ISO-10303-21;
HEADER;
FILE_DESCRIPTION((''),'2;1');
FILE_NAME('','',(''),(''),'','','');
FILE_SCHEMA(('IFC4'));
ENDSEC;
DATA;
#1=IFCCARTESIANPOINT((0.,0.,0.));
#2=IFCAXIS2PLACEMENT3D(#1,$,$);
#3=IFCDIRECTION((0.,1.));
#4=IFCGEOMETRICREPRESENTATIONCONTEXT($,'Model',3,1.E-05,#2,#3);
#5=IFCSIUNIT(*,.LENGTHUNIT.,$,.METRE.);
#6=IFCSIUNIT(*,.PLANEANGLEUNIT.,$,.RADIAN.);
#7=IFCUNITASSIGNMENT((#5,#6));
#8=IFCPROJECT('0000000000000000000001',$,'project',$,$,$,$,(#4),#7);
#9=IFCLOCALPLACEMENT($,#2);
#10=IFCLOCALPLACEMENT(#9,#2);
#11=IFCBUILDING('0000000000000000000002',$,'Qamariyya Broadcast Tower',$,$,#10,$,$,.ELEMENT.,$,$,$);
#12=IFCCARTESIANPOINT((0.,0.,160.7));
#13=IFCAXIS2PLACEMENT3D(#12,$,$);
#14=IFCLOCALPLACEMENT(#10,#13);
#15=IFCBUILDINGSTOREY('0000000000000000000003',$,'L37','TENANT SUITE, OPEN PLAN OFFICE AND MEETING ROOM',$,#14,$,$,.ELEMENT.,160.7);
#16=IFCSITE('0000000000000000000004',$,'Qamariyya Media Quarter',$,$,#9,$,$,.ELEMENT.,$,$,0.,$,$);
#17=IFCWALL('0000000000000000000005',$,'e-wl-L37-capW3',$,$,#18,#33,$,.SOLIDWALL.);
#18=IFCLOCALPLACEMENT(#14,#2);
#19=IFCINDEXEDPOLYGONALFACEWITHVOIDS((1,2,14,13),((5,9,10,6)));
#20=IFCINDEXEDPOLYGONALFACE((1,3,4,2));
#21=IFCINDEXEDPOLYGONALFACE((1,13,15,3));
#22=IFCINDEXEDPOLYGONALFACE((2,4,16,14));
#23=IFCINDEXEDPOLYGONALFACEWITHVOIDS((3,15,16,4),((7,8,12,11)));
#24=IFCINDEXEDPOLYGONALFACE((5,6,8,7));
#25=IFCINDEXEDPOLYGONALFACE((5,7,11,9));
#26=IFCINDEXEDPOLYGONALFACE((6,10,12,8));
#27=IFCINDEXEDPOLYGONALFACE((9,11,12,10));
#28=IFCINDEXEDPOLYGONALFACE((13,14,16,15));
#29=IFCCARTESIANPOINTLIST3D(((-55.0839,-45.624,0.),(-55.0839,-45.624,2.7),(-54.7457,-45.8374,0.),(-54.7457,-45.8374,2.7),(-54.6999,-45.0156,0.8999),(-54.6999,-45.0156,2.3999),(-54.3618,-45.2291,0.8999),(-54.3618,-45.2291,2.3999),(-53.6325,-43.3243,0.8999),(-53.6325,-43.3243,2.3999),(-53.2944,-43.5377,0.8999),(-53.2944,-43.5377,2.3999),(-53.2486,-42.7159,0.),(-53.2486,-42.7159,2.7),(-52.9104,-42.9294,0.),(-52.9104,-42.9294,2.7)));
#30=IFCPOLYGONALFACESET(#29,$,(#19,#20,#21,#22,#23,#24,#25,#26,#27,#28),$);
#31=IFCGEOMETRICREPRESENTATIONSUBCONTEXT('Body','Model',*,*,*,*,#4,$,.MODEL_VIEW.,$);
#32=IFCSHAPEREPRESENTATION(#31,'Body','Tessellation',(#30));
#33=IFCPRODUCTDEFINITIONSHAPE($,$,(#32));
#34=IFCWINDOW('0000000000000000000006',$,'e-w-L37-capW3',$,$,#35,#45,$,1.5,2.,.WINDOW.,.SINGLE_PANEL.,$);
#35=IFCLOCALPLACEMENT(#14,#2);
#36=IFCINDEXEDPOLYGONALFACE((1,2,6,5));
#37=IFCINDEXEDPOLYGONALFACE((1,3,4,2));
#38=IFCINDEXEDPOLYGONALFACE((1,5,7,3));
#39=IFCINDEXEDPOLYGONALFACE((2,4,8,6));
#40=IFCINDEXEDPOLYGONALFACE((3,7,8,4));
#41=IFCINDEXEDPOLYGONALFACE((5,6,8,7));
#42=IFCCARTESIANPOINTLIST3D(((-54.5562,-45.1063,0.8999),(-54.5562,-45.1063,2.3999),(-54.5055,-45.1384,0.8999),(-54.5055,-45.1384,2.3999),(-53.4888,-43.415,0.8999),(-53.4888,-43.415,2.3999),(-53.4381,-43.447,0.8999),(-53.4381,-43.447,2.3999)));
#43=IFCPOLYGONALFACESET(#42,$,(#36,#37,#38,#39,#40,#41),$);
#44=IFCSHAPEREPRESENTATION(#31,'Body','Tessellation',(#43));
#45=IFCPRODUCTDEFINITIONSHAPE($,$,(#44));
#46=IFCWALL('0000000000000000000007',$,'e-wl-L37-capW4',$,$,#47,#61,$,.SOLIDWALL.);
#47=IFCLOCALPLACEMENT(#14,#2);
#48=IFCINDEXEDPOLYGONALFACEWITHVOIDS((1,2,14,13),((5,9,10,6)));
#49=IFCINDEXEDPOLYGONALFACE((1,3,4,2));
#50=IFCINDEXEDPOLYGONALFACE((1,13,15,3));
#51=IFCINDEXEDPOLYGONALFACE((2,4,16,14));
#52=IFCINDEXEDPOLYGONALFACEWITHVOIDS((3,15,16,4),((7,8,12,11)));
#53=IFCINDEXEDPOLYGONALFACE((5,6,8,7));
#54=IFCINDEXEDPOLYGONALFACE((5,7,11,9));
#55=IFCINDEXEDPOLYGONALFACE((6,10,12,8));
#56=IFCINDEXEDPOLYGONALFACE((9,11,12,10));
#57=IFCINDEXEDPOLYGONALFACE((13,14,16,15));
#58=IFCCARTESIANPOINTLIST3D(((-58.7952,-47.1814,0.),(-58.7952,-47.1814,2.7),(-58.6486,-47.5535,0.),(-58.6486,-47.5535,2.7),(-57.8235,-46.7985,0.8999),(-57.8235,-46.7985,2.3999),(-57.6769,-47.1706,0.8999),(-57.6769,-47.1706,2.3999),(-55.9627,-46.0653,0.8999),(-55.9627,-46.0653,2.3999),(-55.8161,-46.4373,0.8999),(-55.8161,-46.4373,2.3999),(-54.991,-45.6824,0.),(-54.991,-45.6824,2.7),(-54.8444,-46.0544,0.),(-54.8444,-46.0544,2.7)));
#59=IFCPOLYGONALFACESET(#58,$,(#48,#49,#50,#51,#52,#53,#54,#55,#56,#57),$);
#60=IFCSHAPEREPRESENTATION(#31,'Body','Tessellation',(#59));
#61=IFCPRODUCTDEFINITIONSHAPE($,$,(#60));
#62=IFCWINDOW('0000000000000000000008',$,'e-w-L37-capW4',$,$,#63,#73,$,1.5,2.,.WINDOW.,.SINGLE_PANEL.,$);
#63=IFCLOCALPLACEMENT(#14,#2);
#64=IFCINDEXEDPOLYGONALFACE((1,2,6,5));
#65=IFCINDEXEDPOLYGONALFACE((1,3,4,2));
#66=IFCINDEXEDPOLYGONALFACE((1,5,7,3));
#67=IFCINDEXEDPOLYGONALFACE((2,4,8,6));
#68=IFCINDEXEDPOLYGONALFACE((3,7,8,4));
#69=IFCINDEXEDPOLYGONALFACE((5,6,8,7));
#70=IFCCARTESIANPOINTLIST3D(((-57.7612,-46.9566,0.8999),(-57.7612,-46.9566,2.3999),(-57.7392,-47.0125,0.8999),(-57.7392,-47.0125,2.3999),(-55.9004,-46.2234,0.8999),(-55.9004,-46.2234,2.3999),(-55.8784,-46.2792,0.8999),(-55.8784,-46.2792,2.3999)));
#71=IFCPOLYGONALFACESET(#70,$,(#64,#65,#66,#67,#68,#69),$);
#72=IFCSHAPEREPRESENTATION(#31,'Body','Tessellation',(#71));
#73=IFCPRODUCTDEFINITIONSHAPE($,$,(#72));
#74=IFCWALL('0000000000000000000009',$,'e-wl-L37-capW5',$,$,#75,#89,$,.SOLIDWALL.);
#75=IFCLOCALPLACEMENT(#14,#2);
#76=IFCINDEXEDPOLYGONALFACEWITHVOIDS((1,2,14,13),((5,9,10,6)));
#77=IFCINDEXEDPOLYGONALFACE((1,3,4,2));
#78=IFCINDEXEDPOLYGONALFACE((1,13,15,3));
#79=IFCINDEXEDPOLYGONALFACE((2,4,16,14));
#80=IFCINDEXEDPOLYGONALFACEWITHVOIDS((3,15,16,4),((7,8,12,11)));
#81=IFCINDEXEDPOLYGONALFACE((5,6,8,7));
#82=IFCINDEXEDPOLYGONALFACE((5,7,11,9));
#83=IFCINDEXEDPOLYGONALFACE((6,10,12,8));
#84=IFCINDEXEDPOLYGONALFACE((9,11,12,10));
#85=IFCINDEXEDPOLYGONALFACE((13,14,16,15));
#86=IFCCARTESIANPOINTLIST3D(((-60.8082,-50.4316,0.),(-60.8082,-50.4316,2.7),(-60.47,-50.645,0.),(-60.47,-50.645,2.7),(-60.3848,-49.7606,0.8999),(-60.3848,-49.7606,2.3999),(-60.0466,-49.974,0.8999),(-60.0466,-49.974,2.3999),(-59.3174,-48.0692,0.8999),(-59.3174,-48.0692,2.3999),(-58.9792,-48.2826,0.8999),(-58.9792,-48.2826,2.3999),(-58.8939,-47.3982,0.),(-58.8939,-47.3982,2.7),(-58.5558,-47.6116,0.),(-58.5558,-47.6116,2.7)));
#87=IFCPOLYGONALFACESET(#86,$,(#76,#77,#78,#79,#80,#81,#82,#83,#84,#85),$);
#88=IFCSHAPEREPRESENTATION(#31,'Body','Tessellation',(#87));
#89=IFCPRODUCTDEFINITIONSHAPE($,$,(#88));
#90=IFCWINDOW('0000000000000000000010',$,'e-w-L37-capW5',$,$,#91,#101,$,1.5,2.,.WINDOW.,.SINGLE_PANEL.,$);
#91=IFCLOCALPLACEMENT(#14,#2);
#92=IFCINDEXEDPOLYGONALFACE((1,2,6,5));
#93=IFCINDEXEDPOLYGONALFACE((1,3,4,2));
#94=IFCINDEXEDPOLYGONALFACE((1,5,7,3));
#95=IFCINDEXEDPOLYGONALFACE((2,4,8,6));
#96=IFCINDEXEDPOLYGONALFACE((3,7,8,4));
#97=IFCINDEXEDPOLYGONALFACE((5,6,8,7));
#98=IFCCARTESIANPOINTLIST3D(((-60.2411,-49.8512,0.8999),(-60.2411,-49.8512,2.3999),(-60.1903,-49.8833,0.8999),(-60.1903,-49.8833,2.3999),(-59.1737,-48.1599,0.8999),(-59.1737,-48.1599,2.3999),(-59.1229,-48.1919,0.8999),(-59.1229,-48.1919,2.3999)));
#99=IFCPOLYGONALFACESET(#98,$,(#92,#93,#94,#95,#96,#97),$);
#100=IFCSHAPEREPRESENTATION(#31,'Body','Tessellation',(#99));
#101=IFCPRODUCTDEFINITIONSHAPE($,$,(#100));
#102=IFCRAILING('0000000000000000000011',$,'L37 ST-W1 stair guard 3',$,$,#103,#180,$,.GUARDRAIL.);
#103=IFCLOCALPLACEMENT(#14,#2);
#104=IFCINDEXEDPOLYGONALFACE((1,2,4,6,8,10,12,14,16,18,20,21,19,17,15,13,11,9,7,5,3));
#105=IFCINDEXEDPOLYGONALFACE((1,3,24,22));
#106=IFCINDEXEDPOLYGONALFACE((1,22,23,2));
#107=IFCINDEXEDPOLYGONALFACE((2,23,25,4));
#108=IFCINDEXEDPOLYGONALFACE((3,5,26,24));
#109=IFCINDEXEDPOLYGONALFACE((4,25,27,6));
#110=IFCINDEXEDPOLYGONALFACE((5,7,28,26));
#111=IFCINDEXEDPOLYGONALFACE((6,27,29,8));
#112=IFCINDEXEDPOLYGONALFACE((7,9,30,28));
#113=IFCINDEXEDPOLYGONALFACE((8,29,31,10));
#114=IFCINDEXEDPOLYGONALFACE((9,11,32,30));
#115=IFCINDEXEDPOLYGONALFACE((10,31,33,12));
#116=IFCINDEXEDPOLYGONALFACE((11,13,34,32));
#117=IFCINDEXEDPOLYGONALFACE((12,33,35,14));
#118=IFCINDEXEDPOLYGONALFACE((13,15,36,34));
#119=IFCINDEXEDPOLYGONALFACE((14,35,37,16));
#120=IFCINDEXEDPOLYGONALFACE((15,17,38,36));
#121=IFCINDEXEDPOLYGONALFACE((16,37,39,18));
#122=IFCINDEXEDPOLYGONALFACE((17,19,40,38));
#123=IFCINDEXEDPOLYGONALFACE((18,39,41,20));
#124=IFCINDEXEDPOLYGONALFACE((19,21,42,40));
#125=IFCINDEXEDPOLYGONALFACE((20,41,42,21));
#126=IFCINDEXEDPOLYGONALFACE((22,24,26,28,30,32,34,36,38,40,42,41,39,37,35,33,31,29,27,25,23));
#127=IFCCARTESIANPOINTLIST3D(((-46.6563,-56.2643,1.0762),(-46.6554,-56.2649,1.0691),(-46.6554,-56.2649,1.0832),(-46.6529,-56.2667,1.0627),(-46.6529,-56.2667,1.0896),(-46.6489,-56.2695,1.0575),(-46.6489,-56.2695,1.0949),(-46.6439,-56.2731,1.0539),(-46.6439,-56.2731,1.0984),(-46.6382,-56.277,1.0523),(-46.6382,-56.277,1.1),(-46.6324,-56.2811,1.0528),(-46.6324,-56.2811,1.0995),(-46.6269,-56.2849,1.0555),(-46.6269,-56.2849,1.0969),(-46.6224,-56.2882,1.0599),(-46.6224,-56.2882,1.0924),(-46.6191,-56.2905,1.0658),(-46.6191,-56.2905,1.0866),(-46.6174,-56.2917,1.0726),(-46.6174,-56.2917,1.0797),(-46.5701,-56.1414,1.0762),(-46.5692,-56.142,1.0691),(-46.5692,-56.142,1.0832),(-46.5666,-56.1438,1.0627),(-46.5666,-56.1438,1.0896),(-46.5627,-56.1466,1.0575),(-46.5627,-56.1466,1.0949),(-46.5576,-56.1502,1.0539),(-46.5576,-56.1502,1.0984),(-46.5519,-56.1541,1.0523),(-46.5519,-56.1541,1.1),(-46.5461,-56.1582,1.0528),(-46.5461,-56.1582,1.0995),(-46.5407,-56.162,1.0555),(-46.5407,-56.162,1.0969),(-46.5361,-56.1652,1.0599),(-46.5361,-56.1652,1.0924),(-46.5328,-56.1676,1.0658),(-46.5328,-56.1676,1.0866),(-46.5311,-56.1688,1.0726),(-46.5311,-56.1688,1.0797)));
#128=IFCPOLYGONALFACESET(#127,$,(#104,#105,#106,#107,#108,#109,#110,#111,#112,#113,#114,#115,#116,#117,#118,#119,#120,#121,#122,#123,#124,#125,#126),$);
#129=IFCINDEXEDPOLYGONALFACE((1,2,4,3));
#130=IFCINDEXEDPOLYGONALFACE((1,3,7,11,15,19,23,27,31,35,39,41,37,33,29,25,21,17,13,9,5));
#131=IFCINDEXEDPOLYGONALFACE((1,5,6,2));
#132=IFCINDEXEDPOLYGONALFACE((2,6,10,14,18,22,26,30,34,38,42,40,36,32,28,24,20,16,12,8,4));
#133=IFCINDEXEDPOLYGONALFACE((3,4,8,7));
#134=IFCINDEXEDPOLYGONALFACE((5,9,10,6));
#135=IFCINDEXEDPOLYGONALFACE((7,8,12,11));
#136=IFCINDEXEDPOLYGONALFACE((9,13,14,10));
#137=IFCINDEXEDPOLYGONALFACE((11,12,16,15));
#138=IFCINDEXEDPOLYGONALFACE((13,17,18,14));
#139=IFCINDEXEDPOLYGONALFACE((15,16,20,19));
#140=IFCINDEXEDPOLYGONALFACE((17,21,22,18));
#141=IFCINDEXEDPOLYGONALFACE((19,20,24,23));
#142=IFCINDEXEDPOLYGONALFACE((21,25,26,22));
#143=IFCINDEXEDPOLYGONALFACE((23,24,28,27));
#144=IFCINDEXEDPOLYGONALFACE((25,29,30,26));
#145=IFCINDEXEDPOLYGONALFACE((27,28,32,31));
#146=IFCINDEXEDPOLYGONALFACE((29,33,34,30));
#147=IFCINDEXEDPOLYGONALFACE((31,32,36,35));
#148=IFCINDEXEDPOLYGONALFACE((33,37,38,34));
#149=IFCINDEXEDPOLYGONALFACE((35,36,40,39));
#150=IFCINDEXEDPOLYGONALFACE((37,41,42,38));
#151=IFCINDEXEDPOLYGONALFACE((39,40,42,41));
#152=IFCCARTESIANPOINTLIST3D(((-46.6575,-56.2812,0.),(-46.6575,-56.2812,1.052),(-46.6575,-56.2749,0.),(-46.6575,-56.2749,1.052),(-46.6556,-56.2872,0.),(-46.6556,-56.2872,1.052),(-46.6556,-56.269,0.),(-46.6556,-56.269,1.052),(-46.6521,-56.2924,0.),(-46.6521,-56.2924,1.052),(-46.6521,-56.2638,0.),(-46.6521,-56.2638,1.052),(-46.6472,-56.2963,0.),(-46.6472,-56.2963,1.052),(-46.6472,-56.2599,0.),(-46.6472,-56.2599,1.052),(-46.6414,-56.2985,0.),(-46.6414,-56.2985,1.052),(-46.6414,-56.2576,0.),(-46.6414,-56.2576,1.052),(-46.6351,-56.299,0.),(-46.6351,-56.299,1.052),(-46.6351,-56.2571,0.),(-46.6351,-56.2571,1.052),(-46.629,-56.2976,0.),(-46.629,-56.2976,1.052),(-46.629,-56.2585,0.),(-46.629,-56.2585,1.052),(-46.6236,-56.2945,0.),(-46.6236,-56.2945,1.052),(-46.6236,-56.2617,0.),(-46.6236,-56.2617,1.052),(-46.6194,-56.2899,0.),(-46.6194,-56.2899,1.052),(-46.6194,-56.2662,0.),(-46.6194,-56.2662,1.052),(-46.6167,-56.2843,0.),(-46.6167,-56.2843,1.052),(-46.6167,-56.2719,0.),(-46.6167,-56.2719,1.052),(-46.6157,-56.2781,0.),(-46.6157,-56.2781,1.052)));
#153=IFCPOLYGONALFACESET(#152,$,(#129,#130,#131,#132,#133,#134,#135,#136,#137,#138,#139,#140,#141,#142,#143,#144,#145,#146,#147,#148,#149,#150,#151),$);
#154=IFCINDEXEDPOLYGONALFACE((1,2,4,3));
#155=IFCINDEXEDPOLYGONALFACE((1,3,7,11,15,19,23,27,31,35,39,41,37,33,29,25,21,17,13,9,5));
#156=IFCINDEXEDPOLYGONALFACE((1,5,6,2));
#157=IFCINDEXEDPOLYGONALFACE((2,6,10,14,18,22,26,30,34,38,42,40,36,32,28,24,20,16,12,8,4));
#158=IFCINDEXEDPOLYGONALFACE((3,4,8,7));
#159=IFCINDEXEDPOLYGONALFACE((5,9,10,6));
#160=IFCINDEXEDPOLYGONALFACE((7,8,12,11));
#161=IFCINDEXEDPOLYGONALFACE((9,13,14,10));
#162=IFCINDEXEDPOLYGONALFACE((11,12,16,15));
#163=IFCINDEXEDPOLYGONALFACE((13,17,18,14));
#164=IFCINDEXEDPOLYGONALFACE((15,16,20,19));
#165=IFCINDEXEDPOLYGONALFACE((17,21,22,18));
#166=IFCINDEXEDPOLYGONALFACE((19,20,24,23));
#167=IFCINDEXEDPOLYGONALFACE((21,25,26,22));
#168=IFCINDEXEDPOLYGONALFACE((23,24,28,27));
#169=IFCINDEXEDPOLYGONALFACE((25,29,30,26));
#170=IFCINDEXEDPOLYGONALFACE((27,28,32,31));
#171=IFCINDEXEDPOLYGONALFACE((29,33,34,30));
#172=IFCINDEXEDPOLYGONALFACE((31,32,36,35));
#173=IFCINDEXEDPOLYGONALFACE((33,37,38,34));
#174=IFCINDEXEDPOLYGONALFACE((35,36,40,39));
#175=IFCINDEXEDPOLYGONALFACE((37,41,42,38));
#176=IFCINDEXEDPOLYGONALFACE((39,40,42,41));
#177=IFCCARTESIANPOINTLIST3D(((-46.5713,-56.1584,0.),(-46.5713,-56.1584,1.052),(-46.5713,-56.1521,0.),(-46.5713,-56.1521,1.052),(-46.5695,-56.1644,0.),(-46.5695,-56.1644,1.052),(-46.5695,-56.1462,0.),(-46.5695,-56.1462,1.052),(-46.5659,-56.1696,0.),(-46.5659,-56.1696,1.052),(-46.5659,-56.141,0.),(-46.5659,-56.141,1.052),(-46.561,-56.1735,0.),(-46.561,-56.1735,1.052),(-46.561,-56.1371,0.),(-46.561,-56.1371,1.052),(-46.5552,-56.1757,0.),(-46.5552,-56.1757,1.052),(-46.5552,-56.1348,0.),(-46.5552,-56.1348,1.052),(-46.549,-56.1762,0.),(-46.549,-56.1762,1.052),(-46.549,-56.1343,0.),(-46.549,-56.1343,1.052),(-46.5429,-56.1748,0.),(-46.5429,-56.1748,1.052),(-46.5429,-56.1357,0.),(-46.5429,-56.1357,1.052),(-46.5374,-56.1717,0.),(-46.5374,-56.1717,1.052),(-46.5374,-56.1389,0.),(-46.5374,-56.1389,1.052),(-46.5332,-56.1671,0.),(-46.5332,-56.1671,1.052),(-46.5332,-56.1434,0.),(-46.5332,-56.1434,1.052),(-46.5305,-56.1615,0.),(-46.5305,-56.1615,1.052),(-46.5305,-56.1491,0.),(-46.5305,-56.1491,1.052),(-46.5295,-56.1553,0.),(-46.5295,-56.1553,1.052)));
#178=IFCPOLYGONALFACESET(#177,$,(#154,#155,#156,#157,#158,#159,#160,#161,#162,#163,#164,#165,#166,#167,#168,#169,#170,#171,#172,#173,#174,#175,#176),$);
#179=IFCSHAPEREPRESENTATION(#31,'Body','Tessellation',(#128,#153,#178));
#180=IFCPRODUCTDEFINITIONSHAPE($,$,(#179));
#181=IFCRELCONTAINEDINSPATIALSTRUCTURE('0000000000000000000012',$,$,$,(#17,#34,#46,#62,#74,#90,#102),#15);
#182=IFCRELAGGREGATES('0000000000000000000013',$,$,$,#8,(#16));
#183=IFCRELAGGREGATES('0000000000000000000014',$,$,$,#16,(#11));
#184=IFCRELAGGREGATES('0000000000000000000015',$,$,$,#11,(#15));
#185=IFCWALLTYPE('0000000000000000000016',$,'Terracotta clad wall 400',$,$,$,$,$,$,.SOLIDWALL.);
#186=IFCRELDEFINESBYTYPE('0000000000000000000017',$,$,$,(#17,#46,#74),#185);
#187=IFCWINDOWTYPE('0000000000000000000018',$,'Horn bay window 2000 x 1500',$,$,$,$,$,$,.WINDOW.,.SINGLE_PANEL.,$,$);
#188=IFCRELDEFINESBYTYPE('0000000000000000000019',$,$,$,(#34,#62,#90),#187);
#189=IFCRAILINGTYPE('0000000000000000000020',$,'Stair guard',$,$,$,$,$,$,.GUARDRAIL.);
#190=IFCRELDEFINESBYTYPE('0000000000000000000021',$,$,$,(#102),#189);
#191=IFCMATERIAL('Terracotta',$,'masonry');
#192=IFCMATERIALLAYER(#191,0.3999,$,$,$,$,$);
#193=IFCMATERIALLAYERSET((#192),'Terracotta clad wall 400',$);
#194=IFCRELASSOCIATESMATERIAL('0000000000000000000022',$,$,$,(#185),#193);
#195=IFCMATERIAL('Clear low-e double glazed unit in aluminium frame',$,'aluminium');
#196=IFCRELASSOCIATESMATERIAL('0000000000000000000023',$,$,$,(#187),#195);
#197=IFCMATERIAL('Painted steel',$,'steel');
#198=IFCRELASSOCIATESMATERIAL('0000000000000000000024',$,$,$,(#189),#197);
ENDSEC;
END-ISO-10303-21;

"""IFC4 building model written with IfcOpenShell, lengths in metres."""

from ifc_helpers import new_model, si_unit, direction, frame, frame_2d, origin, origin_2d, place, context, subcontext, project, spatial, rectangle, circle, extrude, material, layer, layer_set, type_object, element, fill, save


model = new_model("IFC4")

# Units and contexts
model_context = context("Model", 3, precision=1e-05, world=origin(), true_north=direction((0.0, 1.0)))
body_context = subcontext(model_context, "Body", "Model", "MODEL_VIEW")
ifc_project = project(units=[si_unit("LENGTHUNIT", "METRE"), si_unit("PLANEANGLEUNIT", "RADIAN")], contexts=[model_context])

# Site, building, storey
site_placement = place(None, origin())
site = spatial("IfcSite", under=ifc_project, at=site_placement, Name="Qamariyya Media Quarter", CompositionType="ELEMENT", RefElevation=0.0)
building_placement = place(site_placement, origin())
building = spatial("IfcBuilding", under=site, at=building_placement, Name="Qamariyya Broadcast Tower", CompositionType="ELEMENT")
storey_placement = place(building_placement, frame((0.0, 0.0, 160.7)))
storey = spatial("IfcBuildingStorey", under=building, at=storey_placement, Name="L37", Description="TENANT SUITE, OPEN PLAN OFFICE AND MEETING ROOM", CompositionType="ELEMENT", Elevation=160.7)

# Walls, openings, windows
ifc_material_1 = material(Name="Terracotta", Category="masonry")
ifc_layer = layer(ifc_material_1, 0.3999)
ifc_layer_set = layer_set([ifc_layer], Name="Terracotta clad wall 400")
wall_type = type_object("IfcWallType", Name="Terracotta clad wall 400", PredefinedType="SOLIDWALL", material=ifc_layer_set)
ifc_material_2 = material(Name="Clear low-e double glazed unit in aluminium frame", Category="aluminium")
window_type = type_object("IfcWindowType", Name="Horn bay window 2000 x 1500", PartitioningType="SINGLE_PANEL", PredefinedType="WINDOW", material=ifc_material_2)
wall_1_placement = place(storey_placement, frame((-53.0796, -42.8228, 0.0), z_axis=(0.0, 0.0, 1.0), x_axis=(-0.533702, -0.845673, 0.0)))
wall_1 = element("IfcWall", 1, at=wall_1_placement, inside=storey, type_object=wall_type, Name="e-wl-L37-capW3", PredefinedType="SOLIDWALL", context=body_context, shape_type="SweptSolid", body=[
    extrude(rectangle(XDim=3.4387, YDim=0.3999, at=frame_2d((1.7192, 0.0))), origin(), (0.0, 0.0, 1.0), 2.7),
])
opening_1_placement = place(wall_1_placement, frame((0.7192, 0.0, 0.8999)))
opening_1 = element("IfcOpeningElement", 2, at=opening_1_placement, cuts=wall_1, PredefinedType="OPENING", context=body_context, shape_type="SweptSolid", body=[
    extrude(rectangle(XDim=2.0, YDim=1.5, at=frame_2d((1.0, 0.75))), frame((0.0, 0.21, 0.0), z_axis=(0.0, -1.0, 0.0), x_axis=(1.0, 0.0, 0.0)), (0.0, 0.0, 1.0), 0.4199),
])
window_1_placement = place(opening_1_placement, origin())
window_1 = element("IfcWindow", 3, at=window_1_placement, inside=storey, type_object=window_type, Name="e-w-L37-capW3", OverallHeight=1.5, OverallWidth=2.0, PartitioningType="SINGLE_PANEL", PredefinedType="WINDOW", context=body_context, shape_type="SweptSolid", body=[
    extrude(rectangle(XDim=2.0, YDim=1.5, at=frame_2d((1.0, 0.75))), frame((0.0, 0.03, 0.0), z_axis=(0.0, -1.0, 0.0), x_axis=(1.0, 0.0, 0.0)), (0.0, 0.0, 1.0), 0.0601),
])
fill(opening_1, window_1)
wall_2_placement = place(storey_placement, frame((-54.9177, -45.8684, 0.0), z_axis=(0.0, 0.0, 1.0), x_axis=(-0.930375, -0.366609, 0.0)))
wall_2 = element("IfcWall", 4, at=wall_2_placement, inside=storey, type_object=wall_type, Name="e-wl-L37-capW4", PredefinedType="SOLIDWALL", context=body_context, shape_type="SweptSolid", body=[
    extrude(rectangle(XDim=4.0889, YDim=0.3999, at=frame_2d((2.0444, 0.0))), origin(), (0.0, 0.0, 1.0), 2.7),
])
opening_2_placement = place(wall_2_placement, frame((1.0444, 0.0, 0.8999)))
opening_2 = element("IfcOpeningElement", 5, at=opening_2_placement, cuts=wall_2, PredefinedType="OPENING", context=body_context, shape_type="SweptSolid", body=[
    extrude(rectangle(XDim=2.0, YDim=1.5, at=frame_2d((1.0, 0.75))), frame((0.0, 0.21, 0.0), z_axis=(0.0, -1.0, 0.0), x_axis=(1.0, 0.0, 0.0)), (0.0, 0.0, 1.0), 0.4199),
])
window_2_placement = place(opening_2_placement, origin())
window_2 = element("IfcWindow", 6, at=window_2_placement, inside=storey, type_object=window_type, Name="e-w-L37-capW4", OverallHeight=1.5, OverallWidth=2.0, PartitioningType="SINGLE_PANEL", PredefinedType="WINDOW", context=body_context, shape_type="SweptSolid", body=[
    extrude(rectangle(XDim=2.0, YDim=1.5, at=frame_2d((1.0, 0.75))), frame((0.0, 0.03, 0.0), z_axis=(0.0, -1.0, 0.0), x_axis=(1.0, 0.0, 0.0)), (0.0, 0.0, 1.0), 0.0601),
])
fill(opening_2, window_2)
wall_3_placement = place(storey_placement, frame((-58.7249, -47.5049, 0.0), z_axis=(0.0, 0.0, 1.0), x_axis=(-0.533683, -0.845685, 0.0)))
wall_3 = element("IfcWall", 7, at=wall_3_placement, inside=storey, type_object=wall_type, Name="e-wl-L37-capW5", PredefinedType="SOLIDWALL", context=body_context, shape_type="SweptSolid", body=[
    extrude(rectangle(XDim=3.5869, YDim=0.3999, at=frame_2d((1.7935, 0.0))), origin(), (0.0, 0.0, 1.0), 2.7),
])
opening_3_placement = place(wall_3_placement, frame((0.7935, 0.0, 0.8999)))
opening_3 = element("IfcOpeningElement", 8, at=opening_3_placement, cuts=wall_3, PredefinedType="OPENING", context=body_context, shape_type="SweptSolid", body=[
    extrude(rectangle(XDim=2.0, YDim=1.5, at=frame_2d((1.0, 0.75))), frame((0.0, 0.21, 0.0), z_axis=(0.0, -1.0, 0.0), x_axis=(1.0, 0.0, 0.0)), (0.0, 0.0, 1.0), 0.4199),
])
window_3_placement = place(opening_3_placement, origin())
window_3 = element("IfcWindow", 9, at=window_3_placement, inside=storey, type_object=window_type, Name="e-w-L37-capW5", OverallHeight=1.5, OverallWidth=2.0, PartitioningType="SINGLE_PANEL", PredefinedType="WINDOW", context=body_context, shape_type="SweptSolid", body=[
    extrude(rectangle(XDim=2.0, YDim=1.5, at=frame_2d((1.0, 0.75))), frame((0.0, 0.03, 0.0), z_axis=(0.0, -1.0, 0.0), x_axis=(1.0, 0.0, 0.0)), (0.0, 0.0, 1.0), 0.0601),
])
fill(opening_3, window_3)

# Railing
ifc_material_3 = material(Name="Painted steel", Category="steel")
railing_type = type_object("IfcRailingType", Name="Stair guard", PredefinedType="GUARDRAIL", material=ifc_material_3)
railing_1_placement = place(storey_placement, frame((-46.6367, -56.2781, 0.0)))
element("IfcRailing", 10, at=railing_1_placement, inside=storey, type_object=railing_type, Name="L37 ST-W1 stair guard 3", PredefinedType="GUARDRAIL", context=body_context, shape_type="SweptSolid", body=[
    extrude(circle(Radius=0.0239, at=origin_2d()), frame((0.0, 0.0, 1.0762), z_axis=(0.574445, 0.818543, 0.0), x_axis=(-0.818543, 0.574445, 0.0)), (0.0, 0.0, 1.0), 0.1501),
    extrude(circle(Radius=0.021, at=origin_2d()), origin(), (0.0, 0.0, 1.0), 1.052),
    extrude(circle(Radius=0.021, at=origin_2d()), frame((0.0862, 0.1228, 0.0)), (0.0, 0.0, 1.0), 1.052),
])

save(model, "model.ifc")
